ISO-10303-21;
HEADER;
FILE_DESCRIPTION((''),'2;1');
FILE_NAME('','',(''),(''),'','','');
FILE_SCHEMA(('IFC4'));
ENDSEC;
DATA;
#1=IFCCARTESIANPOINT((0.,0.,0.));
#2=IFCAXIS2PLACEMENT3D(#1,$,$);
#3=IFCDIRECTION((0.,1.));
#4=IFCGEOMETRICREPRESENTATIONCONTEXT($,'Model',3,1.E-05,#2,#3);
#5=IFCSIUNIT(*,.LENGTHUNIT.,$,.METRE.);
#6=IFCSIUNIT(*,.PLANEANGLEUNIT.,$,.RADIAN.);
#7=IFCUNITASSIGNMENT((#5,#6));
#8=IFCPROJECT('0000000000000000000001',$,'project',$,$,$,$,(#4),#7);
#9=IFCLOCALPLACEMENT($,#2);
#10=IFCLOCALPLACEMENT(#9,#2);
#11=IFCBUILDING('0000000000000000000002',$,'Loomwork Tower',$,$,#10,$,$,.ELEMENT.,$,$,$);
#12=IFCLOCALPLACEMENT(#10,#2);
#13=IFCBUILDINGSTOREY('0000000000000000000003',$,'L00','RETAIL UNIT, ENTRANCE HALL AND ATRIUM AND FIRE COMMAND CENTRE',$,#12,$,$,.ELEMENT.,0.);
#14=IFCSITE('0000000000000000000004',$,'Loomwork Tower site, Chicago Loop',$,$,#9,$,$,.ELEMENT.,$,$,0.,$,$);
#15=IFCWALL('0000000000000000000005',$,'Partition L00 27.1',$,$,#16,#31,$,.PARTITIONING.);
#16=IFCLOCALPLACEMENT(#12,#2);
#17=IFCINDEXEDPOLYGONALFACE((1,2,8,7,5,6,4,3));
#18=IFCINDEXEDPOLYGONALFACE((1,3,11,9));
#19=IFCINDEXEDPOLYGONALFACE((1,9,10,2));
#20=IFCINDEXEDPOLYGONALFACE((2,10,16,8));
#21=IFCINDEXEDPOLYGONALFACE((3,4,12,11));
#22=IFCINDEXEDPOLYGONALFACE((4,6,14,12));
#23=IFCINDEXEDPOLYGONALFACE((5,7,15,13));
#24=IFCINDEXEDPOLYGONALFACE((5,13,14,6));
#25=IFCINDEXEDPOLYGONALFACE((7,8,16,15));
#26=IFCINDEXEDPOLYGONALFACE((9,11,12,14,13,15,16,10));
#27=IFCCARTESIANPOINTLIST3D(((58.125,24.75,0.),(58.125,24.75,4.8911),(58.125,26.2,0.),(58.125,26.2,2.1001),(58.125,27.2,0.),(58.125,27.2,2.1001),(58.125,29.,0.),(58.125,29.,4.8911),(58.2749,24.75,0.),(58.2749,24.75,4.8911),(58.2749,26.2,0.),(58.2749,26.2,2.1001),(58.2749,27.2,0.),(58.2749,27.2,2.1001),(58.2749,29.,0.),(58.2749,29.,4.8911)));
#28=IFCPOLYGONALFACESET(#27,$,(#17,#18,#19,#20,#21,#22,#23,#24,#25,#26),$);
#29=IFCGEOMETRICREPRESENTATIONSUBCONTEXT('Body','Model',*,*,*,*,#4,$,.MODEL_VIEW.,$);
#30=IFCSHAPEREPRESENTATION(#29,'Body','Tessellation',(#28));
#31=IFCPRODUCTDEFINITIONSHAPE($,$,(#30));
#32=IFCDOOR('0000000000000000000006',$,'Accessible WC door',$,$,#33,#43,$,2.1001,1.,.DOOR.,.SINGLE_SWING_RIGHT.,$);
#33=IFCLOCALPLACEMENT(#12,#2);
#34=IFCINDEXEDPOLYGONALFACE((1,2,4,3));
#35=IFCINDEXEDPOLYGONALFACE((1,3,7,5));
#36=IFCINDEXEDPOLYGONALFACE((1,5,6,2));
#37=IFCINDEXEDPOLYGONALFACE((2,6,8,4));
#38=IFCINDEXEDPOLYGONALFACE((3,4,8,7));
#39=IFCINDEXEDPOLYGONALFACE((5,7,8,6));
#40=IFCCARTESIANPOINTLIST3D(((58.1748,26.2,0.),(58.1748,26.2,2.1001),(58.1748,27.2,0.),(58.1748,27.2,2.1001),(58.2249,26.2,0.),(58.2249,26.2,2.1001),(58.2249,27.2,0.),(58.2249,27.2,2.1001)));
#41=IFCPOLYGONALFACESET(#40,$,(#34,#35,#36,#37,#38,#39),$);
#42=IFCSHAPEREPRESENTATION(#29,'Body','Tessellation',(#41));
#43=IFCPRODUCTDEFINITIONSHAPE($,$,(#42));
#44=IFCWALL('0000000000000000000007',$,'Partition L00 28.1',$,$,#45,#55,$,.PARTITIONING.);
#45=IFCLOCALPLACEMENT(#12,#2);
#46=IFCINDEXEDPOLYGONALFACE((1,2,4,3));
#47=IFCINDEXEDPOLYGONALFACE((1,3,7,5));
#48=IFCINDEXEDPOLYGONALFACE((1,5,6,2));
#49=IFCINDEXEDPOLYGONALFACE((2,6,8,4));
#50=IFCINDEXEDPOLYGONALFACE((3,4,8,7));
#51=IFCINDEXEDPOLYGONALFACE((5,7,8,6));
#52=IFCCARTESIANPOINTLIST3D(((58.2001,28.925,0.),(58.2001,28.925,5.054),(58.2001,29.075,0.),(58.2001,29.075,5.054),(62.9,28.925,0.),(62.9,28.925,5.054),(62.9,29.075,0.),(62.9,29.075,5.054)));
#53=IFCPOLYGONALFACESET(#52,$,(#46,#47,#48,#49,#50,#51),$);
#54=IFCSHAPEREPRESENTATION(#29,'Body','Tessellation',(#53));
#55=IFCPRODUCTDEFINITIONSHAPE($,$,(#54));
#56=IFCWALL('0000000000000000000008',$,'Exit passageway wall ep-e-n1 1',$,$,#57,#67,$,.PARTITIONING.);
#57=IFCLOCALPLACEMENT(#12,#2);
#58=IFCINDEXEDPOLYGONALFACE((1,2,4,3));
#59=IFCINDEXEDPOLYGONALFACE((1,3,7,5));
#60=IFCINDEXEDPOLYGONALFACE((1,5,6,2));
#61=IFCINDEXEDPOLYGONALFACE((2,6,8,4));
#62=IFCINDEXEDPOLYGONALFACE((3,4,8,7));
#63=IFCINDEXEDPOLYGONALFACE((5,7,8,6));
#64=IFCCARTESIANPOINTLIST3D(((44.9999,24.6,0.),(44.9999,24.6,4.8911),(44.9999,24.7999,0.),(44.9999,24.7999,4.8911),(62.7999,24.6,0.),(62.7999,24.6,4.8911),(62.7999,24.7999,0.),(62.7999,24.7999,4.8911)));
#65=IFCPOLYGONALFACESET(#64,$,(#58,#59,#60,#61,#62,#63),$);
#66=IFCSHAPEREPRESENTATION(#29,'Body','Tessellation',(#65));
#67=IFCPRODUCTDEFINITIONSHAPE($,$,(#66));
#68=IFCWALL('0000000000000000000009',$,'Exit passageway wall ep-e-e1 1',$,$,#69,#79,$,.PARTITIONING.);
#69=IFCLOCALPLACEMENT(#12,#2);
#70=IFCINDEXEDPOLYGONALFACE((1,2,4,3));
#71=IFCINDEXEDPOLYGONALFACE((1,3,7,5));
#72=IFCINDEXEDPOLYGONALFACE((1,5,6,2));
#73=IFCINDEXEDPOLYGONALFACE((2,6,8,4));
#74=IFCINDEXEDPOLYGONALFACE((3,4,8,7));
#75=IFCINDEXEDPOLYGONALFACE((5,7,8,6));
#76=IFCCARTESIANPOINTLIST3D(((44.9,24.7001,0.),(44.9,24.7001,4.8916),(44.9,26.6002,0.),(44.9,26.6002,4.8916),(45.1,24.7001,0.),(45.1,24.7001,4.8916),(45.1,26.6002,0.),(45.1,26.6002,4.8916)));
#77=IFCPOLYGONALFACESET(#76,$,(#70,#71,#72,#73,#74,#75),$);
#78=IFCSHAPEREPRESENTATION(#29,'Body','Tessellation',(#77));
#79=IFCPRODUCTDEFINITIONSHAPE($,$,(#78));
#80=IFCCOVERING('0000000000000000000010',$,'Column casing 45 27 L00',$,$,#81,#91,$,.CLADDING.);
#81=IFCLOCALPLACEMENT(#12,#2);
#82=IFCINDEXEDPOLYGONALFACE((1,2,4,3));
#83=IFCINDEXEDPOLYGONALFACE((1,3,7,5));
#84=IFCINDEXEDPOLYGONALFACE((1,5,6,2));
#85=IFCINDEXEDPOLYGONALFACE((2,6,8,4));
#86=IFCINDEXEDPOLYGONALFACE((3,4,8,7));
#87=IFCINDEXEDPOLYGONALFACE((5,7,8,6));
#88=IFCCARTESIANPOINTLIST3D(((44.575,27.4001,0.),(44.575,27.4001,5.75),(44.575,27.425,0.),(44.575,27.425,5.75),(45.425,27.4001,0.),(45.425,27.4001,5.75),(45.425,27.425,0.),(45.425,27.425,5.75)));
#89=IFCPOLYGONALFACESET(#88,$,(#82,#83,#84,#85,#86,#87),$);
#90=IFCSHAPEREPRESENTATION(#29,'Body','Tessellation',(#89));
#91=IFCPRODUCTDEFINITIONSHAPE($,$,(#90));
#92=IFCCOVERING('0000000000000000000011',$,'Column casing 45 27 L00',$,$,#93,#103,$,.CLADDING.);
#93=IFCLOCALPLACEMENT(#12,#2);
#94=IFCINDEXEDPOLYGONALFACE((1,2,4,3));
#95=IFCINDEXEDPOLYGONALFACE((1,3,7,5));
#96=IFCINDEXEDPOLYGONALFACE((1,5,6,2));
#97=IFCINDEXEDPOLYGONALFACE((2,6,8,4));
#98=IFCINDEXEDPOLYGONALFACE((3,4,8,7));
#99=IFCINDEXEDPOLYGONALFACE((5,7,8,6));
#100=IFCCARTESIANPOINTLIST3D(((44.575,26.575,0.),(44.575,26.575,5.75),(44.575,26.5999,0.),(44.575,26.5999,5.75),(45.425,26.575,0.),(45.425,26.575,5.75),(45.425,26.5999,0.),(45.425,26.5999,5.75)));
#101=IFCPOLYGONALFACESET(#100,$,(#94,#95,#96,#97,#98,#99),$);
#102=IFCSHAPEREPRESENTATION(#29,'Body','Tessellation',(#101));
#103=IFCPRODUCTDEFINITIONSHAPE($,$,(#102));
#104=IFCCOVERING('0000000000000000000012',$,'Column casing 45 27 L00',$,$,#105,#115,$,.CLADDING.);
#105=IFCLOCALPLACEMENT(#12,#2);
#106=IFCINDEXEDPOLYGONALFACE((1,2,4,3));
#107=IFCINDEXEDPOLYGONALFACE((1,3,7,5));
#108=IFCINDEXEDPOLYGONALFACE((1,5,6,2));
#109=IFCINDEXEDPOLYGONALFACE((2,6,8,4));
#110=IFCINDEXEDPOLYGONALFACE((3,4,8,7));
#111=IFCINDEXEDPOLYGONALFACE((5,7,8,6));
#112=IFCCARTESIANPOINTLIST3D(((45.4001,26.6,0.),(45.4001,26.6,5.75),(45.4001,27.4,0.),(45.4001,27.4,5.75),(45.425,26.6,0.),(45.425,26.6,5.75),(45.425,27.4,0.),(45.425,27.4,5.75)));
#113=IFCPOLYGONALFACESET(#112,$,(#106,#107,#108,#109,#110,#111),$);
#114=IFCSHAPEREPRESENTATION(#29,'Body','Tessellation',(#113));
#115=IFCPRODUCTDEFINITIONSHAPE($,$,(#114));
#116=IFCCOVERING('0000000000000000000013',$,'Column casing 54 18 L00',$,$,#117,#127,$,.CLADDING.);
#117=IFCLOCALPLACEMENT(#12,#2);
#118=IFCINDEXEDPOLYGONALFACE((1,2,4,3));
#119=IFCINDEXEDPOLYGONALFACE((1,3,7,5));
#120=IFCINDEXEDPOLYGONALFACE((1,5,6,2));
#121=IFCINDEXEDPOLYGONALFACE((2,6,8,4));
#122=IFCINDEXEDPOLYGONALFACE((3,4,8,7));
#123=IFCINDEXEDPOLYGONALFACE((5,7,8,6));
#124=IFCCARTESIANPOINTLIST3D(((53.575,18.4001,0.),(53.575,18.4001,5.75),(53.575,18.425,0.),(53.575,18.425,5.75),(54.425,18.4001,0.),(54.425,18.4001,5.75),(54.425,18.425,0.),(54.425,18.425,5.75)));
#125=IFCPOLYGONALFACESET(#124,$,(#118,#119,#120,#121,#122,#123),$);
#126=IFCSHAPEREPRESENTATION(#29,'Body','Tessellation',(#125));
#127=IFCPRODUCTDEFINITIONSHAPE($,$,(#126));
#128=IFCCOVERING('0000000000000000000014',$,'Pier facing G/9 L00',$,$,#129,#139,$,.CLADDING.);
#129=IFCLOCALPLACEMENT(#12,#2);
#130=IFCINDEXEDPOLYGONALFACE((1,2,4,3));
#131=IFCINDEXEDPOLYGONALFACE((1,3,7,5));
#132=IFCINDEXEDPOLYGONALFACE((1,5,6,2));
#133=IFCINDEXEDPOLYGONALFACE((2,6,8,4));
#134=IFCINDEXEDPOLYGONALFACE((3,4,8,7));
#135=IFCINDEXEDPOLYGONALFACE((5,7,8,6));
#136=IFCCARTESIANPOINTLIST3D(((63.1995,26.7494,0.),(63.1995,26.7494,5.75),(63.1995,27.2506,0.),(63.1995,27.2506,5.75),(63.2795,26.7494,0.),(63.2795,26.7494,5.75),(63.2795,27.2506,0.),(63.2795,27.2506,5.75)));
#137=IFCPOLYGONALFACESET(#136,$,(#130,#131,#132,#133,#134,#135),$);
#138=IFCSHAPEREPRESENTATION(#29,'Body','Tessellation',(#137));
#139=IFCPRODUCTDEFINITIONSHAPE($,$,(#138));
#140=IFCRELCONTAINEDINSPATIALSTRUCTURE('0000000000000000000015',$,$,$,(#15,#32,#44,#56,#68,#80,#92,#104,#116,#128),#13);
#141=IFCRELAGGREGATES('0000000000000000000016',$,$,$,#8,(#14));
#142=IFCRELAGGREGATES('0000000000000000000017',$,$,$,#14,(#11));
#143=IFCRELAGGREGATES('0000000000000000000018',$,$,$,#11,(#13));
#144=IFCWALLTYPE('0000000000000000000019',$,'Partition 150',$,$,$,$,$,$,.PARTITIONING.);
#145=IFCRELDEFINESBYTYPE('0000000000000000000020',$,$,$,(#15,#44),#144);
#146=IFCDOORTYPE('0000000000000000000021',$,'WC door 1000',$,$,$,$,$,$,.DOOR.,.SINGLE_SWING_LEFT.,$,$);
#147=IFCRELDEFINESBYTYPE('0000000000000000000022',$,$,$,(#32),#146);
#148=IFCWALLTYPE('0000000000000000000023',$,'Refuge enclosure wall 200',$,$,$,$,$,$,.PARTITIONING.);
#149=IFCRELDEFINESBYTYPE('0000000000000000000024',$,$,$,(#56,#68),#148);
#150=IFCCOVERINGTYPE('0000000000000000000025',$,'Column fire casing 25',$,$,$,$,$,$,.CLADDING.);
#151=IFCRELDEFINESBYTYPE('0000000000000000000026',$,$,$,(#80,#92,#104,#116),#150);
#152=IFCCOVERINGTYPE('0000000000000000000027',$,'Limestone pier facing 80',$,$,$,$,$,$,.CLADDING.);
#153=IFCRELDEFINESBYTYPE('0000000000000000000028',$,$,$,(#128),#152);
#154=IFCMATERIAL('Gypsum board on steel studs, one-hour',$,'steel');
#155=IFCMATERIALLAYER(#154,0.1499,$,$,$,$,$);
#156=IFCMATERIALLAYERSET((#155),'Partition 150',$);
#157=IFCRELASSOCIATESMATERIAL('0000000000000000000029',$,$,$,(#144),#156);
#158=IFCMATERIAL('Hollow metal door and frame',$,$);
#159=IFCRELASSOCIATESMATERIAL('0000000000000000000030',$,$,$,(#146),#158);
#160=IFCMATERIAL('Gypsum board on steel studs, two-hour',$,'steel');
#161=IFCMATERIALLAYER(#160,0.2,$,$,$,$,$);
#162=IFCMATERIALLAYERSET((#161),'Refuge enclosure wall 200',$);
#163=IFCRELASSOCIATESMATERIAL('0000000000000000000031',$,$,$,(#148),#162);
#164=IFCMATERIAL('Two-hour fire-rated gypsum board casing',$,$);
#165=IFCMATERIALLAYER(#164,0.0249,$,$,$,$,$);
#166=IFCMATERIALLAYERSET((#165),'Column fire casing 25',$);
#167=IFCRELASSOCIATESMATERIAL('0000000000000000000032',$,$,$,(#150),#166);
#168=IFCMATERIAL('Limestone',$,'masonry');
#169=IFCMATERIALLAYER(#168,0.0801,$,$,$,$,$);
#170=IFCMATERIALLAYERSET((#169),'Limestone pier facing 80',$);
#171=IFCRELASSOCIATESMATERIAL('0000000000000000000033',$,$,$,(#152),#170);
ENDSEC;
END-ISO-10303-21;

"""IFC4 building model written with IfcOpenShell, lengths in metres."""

from ifc_helpers import new_model, si_unit, direction, frame, frame_2d, origin, origin_2d, place, context, subcontext, project, spatial, rectangle, extrude, material, layer, layer_set, type_object, element, fill, save


model = new_model("IFC4")

# Units and contexts
model_context = context("Model", 3, precision=1e-05, world=origin(), true_north=direction((0.0, 1.0)))
body_context = subcontext(model_context, "Body", "Model", "MODEL_VIEW")
ifc_project = project(units=[si_unit("LENGTHUNIT", "METRE"), si_unit("PLANEANGLEUNIT", "RADIAN")], contexts=[model_context])

# Site, building, storey
site_placement = place(None, origin())
site = spatial("IfcSite", under=ifc_project, at=site_placement, Name="Loomwork Tower site, Chicago Loop", CompositionType="ELEMENT", RefElevation=0.0)
building_placement = place(site_placement, origin())
building = spatial("IfcBuilding", under=site, at=building_placement, Name="Loomwork Tower", CompositionType="ELEMENT")
storey_placement = place(building_placement, origin())
storey = spatial("IfcBuildingStorey", under=building, at=storey_placement, Name="L00", Description="RETAIL UNIT, ENTRANCE HALL AND ATRIUM AND FIRE COMMAND CENTRE", CompositionType="ELEMENT", Elevation=0.0)

# Wall, opening, door
ifc_material_1 = material(Name="Gypsum board on steel studs, one-hour", Category="steel")
ifc_layer_1 = layer(ifc_material_1, 0.1499)
ifc_layer_set_1 = layer_set([ifc_layer_1], Name="Partition 150")
wall_type_1 = type_object("IfcWallType", Name="Partition 150", PredefinedType="PARTITIONING", material=ifc_layer_set_1)
wall_1_placement = place(storey_placement, frame((58.2, 24.75, 0.0), z_axis=(0.0, 0.0, 1.0), x_axis=(0.0, 1.0, 0.0)))
wall_1 = element("IfcWall", 1, at=wall_1_placement, inside=storey, type_object=wall_type_1, Name="Partition L00 27.1", PredefinedType="PARTITIONING", context=body_context, shape_type="SweptSolid", body=[
    extrude(rectangle(XDim=4.25, YDim=0.1499, at=frame_2d((2.125, 0.0))), origin(), (0.0, 0.0, 1.0), 4.8911),
])
opening_1_placement = place(wall_1_placement, frame((1.45, 0.0, 0.0)))
opening_1 = element("IfcOpeningElement", 2, at=opening_1_placement, cuts=wall_1, PredefinedType="OPENING", context=body_context, shape_type="SweptSolid", body=[
    extrude(rectangle(XDim=1.0, YDim=2.1001, at=frame_2d((0.5, 1.05))), frame((0.0, 0.085, 0.0), z_axis=(0.0, -1.0, 0.0), x_axis=(1.0, 0.0, 0.0)), (0.0, 0.0, 1.0), 0.1699),
])
ifc_material_2 = material(Name="Hollow metal door and frame")
door_type_1 = type_object("IfcDoorType", Name="WC door 1000", OperationType="SINGLE_SWING_LEFT", PredefinedType="DOOR", material=ifc_material_2)
door_1_placement = place(opening_1_placement, frame((1.0, 0.0, 0.0), z_axis=(0.0, 0.0, 1.0), x_axis=(-1.0, 0.0, 0.0)))
door_1 = element("IfcDoor", 3, at=door_1_placement, inside=storey, type_object=door_type_1, Name="Accessible WC door", OperationType="SINGLE_SWING_RIGHT", OverallHeight=2.1001, OverallWidth=1.0, PredefinedType="DOOR", context=body_context, shape_type="SweptSolid", body=[
    extrude(rectangle(XDim=1.0, YDim=2.1001, at=frame_2d((0.5, 1.05))), frame((0.0, 0.0249, 0.0), z_axis=(0.0, -1.0, 0.0), x_axis=(1.0, 0.0, 0.0)), (0.0, 0.0, 1.0), 0.05),
])
fill(opening_1, door_1)

# Walls
wall_2_placement = place(storey_placement, frame((58.2, 29.0, 0.0), z_axis=(0.0, 0.0, 1.0), x_axis=(1.0, 0.0, 0.0)))
element("IfcWall", 4, at=wall_2_placement, inside=storey, type_object=wall_type_1, Name="Partition L00 28.1", PredefinedType="PARTITIONING", context=body_context, shape_type="SweptSolid", body=[
    extrude(rectangle(XDim=4.7, YDim=0.1499, at=frame_2d((2.3501, 0.0))), origin(), (0.0, 0.0, 1.0), 5.054),
])
ifc_material_3 = material(Name="Gypsum board on steel studs, two-hour", Category="steel")
ifc_layer_2 = layer(ifc_material_3, 0.2)
ifc_layer_set_2 = layer_set([ifc_layer_2], Name="Refuge enclosure wall 200")
wall_type_2 = type_object("IfcWallType", Name="Refuge enclosure wall 200", PredefinedType="PARTITIONING", material=ifc_layer_set_2)
wall_3_placement = place(storey_placement, frame((45.0, 24.7, 0.0), z_axis=(0.0, 0.0, 1.0), x_axis=(1.0, 0.0, 0.0)))
element("IfcWall", 5, at=wall_3_placement, inside=storey, type_object=wall_type_2, Name="Exit passageway wall ep-e-n1 1", PredefinedType="PARTITIONING", context=body_context, shape_type="SweptSolid", body=[
    extrude(rectangle(XDim=17.8, YDim=0.2, at=frame_2d((8.8999, 0.0))), origin(), (0.0, 0.0, 1.0), 4.8911),
])
wall_4_placement = place(storey_placement, frame((45.0, 24.7, 0.0), z_axis=(0.0, 0.0, 1.0), x_axis=(0.0, 1.0, 0.0)))
element("IfcWall", 6, at=wall_4_placement, inside=storey, type_object=wall_type_2, Name="Exit passageway wall ep-e-e1 1", PredefinedType="PARTITIONING", context=body_context, shape_type="SweptSolid", body=[
    extrude(rectangle(XDim=1.9001, YDim=0.2, at=frame_2d((0.9502, 0.0))), origin(), (0.0, 0.0, 1.0), 4.8916),
])

# Coverings
ifc_material_4 = material(Name="Two-hour fire-rated gypsum board casing")
ifc_layer_3 = layer(ifc_material_4, 0.0249)
ifc_layer_set_3 = layer_set([ifc_layer_3], Name="Column fire casing 25")
covering_type_1 = type_object("IfcCoveringType", Name="Column fire casing 25", PredefinedType="CLADDING", material=ifc_layer_set_3)
for number, where, z_axis, x_axis, name in (
    (7, (45.0, 27.4126, 0.0), (0.0, 0.0, 1.0), (1.0, 0.0, 0.0), "Column casing 45 27 L00"),
    (8, (45.0, 26.5874, 0.0), (0.0, 0.0, 1.0), (1.0, 0.0, 0.0), "Column casing 45 27 L00"),
):
    element("IfcCovering", number, at=place(storey_placement, frame(where, z_axis=z_axis, x_axis=x_axis)), inside=storey, type_object=covering_type_1, Name=name, PredefinedType="CLADDING", context=body_context, shape_type="SweptSolid", body=[
        extrude(rectangle(XDim=0.8501, YDim=0.0249, at=origin_2d()), origin(), (0.0, 0.0, 1.0), 5.75),
    ])
covering_1_placement = place(storey_placement, frame((45.4126, 27.0, 0.0), z_axis=(0.0, 0.0, 1.0), x_axis=(1.0, 0.0, 0.0)))
element("IfcCovering", 9, at=covering_1_placement, inside=storey, type_object=covering_type_1, Name="Column casing 45 27 L00", PredefinedType="CLADDING", context=body_context, shape_type="SweptSolid", body=[
    extrude(rectangle(XDim=0.0249, YDim=0.8, at=origin_2d()), origin(), (0.0, 0.0, 1.0), 5.75),
])
covering_2_placement = place(storey_placement, frame((54.0, 18.4126, 0.0), z_axis=(0.0, 0.0, 1.0), x_axis=(1.0, 0.0, 0.0)))
element("IfcCovering", 10, at=covering_2_placement, inside=storey, type_object=covering_type_1, Name="Column casing 54 18 L00", PredefinedType="CLADDING", context=body_context, shape_type="SweptSolid", body=[
    extrude(rectangle(XDim=0.8501, YDim=0.0249, at=origin_2d()), origin(), (0.0, 0.0, 1.0), 5.75),
])
ifc_material_5 = material(Name="Limestone", Category="masonry")
ifc_layer_4 = layer(ifc_material_5, 0.0801)
ifc_layer_set_4 = layer_set([ifc_layer_4], Name="Limestone pier facing 80")
covering_type_2 = type_object("IfcCoveringType", Name="Limestone pier facing 80", PredefinedType="CLADDING", material=ifc_layer_set_4)
covering_3_placement = place(storey_placement, frame((63.2395, 27.0, 0.0), z_axis=(0.0, 0.0, 1.0), x_axis=(1.0, 0.0, 0.0)))
element("IfcCovering", 11, at=covering_3_placement, inside=storey, type_object=covering_type_2, Name="Pier facing G/9 L00", PredefinedType="CLADDING", context=body_context, shape_type="SweptSolid", body=[
    extrude(rectangle(XDim=0.0801, YDim=0.5012, at=origin_2d()), origin(), (0.0, 0.0, 1.0), 5.75),
])

save(model, "model.ifc")
